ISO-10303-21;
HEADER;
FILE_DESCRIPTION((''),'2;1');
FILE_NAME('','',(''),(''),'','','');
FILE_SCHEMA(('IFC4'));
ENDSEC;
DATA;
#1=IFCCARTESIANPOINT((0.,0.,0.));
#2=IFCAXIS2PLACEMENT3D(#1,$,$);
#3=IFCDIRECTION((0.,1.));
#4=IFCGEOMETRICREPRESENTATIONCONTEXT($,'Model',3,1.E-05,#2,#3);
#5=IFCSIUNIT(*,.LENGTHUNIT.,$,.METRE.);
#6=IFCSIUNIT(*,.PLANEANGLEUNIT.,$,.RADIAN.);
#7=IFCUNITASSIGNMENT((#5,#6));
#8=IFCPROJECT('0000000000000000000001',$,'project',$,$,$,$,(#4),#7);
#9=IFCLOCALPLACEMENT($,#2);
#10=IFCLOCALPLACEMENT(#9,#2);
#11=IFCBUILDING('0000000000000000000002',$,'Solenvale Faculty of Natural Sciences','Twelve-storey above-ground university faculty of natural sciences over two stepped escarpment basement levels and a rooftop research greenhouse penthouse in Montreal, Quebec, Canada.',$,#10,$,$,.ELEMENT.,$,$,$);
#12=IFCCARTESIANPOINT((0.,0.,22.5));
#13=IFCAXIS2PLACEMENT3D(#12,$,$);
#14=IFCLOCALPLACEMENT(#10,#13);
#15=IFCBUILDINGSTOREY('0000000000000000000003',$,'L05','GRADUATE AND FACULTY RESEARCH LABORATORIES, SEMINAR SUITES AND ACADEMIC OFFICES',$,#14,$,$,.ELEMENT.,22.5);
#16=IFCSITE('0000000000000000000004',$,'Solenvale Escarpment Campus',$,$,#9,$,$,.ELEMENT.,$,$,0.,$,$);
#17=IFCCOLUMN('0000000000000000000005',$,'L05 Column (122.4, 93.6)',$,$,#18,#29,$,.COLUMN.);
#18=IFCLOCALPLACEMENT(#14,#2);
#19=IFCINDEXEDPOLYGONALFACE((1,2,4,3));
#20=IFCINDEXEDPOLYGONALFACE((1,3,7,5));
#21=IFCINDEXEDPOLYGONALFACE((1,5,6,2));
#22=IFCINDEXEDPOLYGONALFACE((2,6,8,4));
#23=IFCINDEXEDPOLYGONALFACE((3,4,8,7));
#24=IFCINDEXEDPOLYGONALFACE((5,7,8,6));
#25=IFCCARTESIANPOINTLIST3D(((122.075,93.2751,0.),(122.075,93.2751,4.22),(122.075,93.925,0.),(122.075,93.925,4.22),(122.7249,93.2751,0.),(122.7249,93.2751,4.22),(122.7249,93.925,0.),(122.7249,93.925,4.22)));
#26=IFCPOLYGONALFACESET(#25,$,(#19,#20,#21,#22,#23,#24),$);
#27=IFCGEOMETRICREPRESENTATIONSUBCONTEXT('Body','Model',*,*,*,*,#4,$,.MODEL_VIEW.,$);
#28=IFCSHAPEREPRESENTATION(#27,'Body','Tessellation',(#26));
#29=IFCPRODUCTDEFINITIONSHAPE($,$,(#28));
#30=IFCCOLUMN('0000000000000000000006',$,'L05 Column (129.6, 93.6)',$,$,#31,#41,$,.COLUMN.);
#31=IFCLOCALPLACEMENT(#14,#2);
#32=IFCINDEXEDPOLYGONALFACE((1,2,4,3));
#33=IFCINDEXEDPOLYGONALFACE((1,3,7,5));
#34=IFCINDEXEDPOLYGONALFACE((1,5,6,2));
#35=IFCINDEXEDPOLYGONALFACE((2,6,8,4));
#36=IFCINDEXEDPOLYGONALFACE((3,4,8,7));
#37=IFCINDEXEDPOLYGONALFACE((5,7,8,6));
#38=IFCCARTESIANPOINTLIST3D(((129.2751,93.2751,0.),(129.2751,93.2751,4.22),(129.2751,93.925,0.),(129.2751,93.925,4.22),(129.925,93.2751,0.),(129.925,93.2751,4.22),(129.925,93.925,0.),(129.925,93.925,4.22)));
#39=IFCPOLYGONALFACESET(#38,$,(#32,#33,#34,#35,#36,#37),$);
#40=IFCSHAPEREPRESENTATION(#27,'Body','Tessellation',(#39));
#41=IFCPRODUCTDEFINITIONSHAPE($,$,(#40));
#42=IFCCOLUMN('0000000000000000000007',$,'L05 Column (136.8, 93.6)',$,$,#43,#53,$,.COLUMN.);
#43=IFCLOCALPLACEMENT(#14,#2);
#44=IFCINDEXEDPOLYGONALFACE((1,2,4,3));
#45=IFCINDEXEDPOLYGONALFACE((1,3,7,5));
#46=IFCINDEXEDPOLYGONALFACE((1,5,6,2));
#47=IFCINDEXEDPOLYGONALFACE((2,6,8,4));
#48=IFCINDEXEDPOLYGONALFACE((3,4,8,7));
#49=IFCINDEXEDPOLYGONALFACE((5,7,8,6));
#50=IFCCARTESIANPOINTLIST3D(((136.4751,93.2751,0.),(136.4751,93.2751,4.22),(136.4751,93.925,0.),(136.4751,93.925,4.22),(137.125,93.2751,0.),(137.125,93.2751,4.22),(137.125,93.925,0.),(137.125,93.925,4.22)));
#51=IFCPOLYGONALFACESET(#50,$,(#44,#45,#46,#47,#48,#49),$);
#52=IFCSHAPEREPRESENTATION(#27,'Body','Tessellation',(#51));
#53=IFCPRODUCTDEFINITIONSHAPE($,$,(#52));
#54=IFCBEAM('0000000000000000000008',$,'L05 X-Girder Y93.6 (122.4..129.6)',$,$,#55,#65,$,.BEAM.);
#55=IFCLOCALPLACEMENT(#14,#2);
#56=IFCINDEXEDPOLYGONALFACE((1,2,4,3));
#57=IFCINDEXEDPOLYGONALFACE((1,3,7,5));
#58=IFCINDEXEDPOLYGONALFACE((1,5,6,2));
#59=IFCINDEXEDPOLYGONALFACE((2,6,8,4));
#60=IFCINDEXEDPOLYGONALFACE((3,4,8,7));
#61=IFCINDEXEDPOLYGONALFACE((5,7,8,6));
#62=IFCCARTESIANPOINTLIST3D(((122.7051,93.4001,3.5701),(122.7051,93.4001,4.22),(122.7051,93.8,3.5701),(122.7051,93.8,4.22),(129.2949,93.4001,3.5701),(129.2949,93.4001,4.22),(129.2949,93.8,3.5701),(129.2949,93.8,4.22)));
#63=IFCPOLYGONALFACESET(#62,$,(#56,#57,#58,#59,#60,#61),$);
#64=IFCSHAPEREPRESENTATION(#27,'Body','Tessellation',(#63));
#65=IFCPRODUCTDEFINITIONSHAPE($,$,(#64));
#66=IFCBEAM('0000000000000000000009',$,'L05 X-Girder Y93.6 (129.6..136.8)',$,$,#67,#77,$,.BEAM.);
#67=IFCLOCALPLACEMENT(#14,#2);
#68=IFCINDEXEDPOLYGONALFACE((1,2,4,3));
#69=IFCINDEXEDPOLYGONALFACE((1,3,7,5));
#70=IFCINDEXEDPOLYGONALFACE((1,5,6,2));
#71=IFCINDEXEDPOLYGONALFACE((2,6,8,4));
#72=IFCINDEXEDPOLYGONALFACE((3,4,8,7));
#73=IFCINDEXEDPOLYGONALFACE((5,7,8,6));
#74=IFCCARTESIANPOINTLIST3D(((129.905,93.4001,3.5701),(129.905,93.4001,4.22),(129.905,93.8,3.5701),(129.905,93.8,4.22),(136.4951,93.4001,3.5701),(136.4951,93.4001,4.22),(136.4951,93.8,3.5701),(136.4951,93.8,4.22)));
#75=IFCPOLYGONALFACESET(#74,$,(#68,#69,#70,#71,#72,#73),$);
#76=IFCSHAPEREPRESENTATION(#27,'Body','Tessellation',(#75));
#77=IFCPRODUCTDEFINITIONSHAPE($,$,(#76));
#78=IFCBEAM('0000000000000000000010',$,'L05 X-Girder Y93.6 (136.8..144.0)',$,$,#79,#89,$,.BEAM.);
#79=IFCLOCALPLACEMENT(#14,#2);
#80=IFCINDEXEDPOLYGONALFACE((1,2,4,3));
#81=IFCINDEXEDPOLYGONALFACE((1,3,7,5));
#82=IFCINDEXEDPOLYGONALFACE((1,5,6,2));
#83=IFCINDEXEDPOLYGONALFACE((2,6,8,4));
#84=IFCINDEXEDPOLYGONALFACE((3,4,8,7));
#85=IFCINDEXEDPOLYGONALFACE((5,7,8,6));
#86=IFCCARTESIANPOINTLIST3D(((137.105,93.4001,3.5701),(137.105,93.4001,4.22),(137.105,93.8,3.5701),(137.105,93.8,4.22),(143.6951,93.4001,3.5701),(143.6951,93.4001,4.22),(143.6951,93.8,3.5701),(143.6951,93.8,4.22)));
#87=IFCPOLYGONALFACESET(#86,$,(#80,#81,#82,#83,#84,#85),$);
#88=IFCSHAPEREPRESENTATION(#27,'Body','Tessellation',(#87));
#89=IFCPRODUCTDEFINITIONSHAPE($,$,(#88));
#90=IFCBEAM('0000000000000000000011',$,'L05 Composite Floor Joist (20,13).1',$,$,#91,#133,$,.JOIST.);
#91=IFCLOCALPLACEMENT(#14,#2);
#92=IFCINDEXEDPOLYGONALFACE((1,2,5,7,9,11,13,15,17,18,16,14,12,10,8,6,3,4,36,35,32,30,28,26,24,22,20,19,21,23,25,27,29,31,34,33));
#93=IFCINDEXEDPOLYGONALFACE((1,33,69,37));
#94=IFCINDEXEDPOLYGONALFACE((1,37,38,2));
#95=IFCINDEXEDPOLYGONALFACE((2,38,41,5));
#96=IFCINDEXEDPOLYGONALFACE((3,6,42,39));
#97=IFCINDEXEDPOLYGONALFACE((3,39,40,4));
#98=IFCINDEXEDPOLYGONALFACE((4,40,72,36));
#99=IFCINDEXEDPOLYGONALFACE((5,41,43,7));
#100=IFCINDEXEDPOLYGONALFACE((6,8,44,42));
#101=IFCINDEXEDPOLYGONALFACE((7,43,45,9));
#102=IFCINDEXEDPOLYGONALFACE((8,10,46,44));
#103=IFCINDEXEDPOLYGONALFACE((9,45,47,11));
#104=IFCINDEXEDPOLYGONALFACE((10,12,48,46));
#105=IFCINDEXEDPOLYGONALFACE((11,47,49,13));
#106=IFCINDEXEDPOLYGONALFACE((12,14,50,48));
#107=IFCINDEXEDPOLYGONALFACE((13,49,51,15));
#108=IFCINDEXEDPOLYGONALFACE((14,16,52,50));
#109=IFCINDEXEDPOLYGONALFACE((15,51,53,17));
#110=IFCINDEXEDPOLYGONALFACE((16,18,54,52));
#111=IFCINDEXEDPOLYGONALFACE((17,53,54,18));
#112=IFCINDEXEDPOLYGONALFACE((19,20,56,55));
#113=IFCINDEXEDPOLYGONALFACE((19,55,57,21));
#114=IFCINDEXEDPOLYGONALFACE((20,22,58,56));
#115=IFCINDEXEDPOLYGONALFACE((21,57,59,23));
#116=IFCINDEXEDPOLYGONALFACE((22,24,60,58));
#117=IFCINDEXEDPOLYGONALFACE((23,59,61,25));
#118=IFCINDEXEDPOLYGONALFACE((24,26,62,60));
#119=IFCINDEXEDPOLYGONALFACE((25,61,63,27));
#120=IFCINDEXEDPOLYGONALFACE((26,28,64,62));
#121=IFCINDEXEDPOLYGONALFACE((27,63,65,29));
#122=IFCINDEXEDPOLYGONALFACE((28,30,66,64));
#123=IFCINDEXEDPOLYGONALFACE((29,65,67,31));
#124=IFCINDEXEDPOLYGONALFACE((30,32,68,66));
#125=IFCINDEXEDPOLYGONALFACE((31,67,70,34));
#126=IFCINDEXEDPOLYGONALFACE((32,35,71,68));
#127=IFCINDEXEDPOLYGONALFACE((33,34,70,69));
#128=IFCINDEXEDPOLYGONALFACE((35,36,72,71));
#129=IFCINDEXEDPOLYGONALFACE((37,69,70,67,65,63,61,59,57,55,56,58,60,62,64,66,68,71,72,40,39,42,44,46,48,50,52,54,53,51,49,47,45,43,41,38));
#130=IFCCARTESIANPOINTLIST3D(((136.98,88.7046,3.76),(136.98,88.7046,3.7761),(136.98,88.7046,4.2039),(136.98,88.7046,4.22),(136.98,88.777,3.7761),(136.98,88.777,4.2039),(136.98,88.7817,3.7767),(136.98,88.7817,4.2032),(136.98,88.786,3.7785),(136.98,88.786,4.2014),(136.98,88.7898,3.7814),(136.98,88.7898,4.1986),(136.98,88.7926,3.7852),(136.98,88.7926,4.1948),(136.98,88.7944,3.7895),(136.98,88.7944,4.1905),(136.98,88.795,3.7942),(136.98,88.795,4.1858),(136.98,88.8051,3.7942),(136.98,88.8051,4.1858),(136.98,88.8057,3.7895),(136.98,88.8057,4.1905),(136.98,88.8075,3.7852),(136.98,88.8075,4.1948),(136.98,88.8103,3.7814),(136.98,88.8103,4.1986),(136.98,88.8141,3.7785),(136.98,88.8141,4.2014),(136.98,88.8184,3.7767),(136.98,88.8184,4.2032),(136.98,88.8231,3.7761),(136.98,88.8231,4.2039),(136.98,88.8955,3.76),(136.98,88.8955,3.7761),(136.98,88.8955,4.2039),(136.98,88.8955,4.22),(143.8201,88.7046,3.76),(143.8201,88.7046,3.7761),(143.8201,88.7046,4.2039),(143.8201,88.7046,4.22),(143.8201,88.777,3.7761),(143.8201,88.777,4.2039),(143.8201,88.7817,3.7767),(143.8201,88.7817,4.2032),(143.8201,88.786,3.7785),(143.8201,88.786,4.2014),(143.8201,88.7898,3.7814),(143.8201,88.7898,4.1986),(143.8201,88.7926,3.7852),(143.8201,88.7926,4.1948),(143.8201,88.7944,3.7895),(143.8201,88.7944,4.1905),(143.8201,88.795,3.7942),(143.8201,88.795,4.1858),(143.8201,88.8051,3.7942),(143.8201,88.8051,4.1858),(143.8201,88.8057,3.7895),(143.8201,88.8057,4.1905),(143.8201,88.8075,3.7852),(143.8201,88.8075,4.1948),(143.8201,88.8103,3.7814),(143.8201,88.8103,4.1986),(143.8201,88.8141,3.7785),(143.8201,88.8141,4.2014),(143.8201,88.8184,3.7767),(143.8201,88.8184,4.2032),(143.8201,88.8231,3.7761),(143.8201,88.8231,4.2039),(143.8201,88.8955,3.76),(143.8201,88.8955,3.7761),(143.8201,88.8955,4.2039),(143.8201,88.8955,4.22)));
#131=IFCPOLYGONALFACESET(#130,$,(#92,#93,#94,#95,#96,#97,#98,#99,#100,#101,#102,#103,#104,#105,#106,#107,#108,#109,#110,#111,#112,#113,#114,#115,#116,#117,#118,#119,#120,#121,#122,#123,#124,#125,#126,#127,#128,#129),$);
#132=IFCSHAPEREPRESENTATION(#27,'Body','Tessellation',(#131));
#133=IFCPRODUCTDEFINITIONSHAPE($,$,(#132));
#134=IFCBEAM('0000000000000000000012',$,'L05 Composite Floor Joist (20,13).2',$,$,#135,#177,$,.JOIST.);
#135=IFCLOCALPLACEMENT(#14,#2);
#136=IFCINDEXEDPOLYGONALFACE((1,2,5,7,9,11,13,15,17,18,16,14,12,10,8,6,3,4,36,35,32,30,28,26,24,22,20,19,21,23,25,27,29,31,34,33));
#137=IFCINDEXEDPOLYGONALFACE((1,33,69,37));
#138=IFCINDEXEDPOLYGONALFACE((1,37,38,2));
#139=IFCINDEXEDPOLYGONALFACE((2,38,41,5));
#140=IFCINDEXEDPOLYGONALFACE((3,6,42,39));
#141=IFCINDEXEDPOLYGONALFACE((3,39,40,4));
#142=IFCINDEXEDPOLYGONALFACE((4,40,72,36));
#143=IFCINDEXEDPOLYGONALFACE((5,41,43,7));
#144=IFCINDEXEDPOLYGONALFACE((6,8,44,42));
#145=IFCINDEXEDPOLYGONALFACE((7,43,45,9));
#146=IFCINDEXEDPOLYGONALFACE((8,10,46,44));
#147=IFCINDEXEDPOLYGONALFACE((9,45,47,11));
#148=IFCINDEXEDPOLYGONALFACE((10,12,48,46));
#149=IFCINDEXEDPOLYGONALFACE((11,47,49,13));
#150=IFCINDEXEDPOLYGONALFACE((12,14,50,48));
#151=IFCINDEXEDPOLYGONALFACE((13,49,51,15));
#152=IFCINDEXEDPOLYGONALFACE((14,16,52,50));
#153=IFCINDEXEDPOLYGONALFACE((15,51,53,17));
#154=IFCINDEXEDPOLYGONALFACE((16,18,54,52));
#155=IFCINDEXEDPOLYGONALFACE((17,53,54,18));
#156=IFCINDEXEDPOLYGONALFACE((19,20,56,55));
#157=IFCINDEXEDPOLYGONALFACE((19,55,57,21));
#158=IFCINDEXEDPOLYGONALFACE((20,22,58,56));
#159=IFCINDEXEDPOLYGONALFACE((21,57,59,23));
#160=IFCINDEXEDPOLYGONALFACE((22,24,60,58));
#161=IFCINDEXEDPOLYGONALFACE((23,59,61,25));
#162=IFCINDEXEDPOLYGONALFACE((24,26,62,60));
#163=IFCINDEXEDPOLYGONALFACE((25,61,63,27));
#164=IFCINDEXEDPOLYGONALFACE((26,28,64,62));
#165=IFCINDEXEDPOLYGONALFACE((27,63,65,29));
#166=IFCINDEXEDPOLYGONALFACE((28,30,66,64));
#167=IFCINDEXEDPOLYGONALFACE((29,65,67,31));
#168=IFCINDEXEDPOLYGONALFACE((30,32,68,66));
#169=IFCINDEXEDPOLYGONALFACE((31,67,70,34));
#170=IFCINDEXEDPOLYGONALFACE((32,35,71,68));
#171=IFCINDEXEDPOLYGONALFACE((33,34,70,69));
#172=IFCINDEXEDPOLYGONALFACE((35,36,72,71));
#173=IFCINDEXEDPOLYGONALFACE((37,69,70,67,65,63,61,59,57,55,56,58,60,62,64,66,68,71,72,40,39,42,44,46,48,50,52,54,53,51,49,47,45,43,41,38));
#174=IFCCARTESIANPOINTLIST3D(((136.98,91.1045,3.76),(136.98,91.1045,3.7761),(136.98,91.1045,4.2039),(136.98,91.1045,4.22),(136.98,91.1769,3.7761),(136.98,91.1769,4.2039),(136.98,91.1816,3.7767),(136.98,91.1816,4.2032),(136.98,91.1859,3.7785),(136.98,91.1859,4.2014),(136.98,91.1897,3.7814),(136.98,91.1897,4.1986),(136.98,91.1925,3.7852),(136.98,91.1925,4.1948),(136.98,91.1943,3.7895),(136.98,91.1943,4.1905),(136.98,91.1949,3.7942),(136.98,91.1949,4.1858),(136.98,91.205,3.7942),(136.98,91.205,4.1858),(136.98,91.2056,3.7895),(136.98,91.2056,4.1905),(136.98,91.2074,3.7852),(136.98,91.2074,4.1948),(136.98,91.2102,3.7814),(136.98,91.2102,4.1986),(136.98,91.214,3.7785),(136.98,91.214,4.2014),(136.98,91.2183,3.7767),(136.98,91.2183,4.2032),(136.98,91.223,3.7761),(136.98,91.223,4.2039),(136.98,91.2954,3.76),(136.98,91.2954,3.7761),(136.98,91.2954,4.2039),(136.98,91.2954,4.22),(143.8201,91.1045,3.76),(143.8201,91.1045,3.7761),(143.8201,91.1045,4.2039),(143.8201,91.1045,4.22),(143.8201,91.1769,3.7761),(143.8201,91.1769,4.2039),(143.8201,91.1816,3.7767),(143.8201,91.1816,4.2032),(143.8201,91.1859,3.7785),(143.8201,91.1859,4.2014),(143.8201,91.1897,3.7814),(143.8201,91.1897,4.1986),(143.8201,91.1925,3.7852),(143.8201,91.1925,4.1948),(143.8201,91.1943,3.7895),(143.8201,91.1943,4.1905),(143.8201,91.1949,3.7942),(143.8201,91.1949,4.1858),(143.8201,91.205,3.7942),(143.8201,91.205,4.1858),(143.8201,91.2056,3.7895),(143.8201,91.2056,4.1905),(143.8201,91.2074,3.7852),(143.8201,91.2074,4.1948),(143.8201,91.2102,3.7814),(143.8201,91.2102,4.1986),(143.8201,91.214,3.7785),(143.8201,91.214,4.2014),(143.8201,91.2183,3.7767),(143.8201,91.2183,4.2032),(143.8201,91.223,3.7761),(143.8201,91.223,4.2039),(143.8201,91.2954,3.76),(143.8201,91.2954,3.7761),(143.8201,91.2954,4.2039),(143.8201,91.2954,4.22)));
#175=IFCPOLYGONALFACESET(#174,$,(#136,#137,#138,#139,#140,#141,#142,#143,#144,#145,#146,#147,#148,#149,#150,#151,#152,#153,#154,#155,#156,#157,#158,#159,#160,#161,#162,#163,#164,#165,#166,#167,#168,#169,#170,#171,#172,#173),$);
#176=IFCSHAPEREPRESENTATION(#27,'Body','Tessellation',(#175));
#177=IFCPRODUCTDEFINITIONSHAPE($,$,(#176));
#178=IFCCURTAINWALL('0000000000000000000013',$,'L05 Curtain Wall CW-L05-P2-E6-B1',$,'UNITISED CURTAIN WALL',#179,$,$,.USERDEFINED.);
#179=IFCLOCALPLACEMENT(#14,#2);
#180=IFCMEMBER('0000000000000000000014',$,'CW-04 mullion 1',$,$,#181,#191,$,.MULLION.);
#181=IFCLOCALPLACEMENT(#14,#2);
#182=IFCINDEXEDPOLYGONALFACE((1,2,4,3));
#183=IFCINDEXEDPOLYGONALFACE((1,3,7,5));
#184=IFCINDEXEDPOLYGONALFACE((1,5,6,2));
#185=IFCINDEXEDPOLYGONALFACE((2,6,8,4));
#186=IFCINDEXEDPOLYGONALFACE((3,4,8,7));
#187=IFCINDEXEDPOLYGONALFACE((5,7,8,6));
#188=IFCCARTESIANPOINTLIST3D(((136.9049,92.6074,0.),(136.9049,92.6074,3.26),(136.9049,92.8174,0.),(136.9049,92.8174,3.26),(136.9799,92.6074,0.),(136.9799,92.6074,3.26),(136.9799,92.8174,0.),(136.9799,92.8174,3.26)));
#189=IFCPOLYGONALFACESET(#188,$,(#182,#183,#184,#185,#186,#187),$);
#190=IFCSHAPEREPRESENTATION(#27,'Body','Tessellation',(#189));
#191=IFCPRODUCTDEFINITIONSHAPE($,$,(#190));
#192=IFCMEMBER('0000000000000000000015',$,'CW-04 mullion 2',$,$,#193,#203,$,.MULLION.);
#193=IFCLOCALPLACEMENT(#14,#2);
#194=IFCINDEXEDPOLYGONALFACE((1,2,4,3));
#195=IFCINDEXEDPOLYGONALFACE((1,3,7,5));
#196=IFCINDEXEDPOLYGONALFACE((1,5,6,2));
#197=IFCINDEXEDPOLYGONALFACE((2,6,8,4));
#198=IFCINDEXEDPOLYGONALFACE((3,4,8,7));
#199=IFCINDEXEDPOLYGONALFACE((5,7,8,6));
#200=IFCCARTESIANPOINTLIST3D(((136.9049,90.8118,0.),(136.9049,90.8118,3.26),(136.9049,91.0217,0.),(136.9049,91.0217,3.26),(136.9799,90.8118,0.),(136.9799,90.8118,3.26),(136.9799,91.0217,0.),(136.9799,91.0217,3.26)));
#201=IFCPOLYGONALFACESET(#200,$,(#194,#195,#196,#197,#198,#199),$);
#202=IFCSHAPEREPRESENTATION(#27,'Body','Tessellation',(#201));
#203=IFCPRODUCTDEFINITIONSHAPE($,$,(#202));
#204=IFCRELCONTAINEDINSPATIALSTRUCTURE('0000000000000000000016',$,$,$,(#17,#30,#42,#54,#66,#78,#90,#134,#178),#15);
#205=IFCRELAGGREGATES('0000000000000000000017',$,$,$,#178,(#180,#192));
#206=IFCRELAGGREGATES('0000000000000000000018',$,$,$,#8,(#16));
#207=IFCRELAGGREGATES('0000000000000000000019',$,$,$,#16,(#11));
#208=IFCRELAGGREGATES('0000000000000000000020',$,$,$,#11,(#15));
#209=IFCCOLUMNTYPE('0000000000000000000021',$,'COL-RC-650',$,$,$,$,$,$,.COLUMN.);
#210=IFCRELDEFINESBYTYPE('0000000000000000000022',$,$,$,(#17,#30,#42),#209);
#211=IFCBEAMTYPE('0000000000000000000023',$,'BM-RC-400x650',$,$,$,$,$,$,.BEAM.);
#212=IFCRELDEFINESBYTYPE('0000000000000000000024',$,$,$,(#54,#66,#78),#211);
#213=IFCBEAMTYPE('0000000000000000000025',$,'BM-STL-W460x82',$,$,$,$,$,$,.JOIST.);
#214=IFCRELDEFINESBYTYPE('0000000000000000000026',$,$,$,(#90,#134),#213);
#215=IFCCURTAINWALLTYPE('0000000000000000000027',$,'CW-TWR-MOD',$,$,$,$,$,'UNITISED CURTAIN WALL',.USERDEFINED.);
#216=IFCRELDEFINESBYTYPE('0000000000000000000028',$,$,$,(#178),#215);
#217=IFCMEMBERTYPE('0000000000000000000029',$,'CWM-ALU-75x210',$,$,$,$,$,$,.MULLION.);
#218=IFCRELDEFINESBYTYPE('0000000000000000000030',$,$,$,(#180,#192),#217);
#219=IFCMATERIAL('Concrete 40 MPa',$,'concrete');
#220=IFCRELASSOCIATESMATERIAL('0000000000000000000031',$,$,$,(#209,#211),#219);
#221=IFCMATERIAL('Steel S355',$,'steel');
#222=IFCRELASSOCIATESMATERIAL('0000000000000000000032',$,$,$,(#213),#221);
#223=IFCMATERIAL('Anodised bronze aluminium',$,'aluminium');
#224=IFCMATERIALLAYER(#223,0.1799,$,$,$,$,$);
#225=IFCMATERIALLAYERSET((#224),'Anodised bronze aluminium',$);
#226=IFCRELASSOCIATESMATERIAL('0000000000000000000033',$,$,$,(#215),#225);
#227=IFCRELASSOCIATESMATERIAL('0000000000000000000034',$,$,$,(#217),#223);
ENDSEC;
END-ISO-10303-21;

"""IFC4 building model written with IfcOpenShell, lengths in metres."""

from ifc_helpers import new_model, si_unit, direction, frame, origin, origin_2d, place, context, subcontext, project, spatial, rectangle, i_section, extrude, material, layer, layer_set, material_profile, profile_set, type_object, element, aggregate, save


model = new_model("IFC4")

# Units and contexts
model_context = context("Model", 3, precision=1e-05, world=origin(), true_north=direction((0.0, 1.0)))
body_context = subcontext(model_context, "Body", "Model", "MODEL_VIEW")
ifc_project = project(units=[si_unit("LENGTHUNIT", "METRE"), si_unit("PLANEANGLEUNIT", "RADIAN")], contexts=[model_context])

# Site, building, storey
site_placement = place(None, origin())
site = spatial("IfcSite", under=ifc_project, at=site_placement, Name="Solenvale Escarpment Campus", CompositionType="ELEMENT", RefElevation=0.0)
building_placement = place(site_placement, origin())
building = spatial("IfcBuilding", under=site, at=building_placement, Name="Solenvale Faculty of Natural Sciences", Description="Twelve-storey above-ground university faculty of natural sciences over two stepped escarpment basement levels and a rooftop research greenhouse penthouse in Montreal, Quebec, Canada.", CompositionType="ELEMENT")
storey_placement = place(building_placement, frame((0.0, 0.0, 22.5)))
storey = spatial("IfcBuildingStorey", under=building, at=storey_placement, Name="L05", Description="GRADUATE AND FACULTY RESEARCH LABORATORIES, SEMINAR SUITES AND ACADEMIC OFFICES", CompositionType="ELEMENT", Elevation=22.5)

# Columns
ifc_material_1 = material(Name="Concrete 40 MPa", Category="concrete")
ifc_material_profile_1 = material_profile(ifc_material_1, rectangle(XDim=0.6499, YDim=0.6499, at=origin_2d()), Name="RC-COL-650x650")
ifc_profile_set_1 = profile_set([ifc_material_profile_1], Name="Concrete 40 MPa")
column_type = type_object("IfcColumnType", Name="COL-RC-650", PredefinedType="COLUMN", material=ifc_profile_set_1)
for number, where, z_axis, x_axis, name in (
    (1, (122.3999, 93.6001, 0.0), (0.0, 0.0, 1.0), (1.0, 0.0, 0.0), "L05 Column (122.4, 93.6)"),
    (2, (129.6001, 93.6001, 0.0), (0.0, 0.0, 1.0), (1.0, 0.0, 0.0), "L05 Column (129.6, 93.6)"),
    (3, (136.8, 93.6001, 0.0), (0.0, 0.0, 1.0), (1.0, 0.0, 0.0), "L05 Column (136.8, 93.6)"),
):
    element("IfcColumn", number, at=place(storey_placement, frame(where, z_axis=z_axis, x_axis=x_axis)), inside=storey, type_object=column_type, Name=name, PredefinedType="COLUMN", context=body_context, shape_type="SweptSolid", body=[
        extrude(rectangle(XDim=0.6499, YDim=0.6499, at=origin_2d()), origin(), (0.0, 0.0, 1.0), 4.22),
    ])

# Beams
ifc_material_profile_2 = material_profile(ifc_material_1, rectangle(XDim=0.3999, YDim=0.6499, at=origin_2d()), Name="RC-BM-400x650")
ifc_profile_set_2 = profile_set([ifc_material_profile_2], Name="Concrete 40 MPa")
beam_type_1 = type_object("IfcBeamType", Name="BM-RC-400x650", PredefinedType="BEAM", material=ifc_profile_set_2)
beam_placement = place(storey_placement, frame((122.7051, 93.6001, 3.895), z_axis=(1.0, 0.0, 0.0), x_axis=(0.0, 1.0, 0.0)))
element("IfcBeam", 4, at=beam_placement, inside=storey, type_object=beam_type_1, Name="L05 X-Girder Y93.6 (122.4..129.6)", PredefinedType="BEAM", context=body_context, shape_type="SweptSolid", body=[
    extrude(rectangle(XDim=0.3999, YDim=0.6499, at=origin_2d()), origin(), (0.0, 0.0, 1.0), 6.5898),
])
for number, where, z_axis, x_axis, name in (
    (5, (129.905, 93.6001, 3.895), (1.0, 0.0, 0.0), (0.0, 1.0, 0.0), "L05 X-Girder Y93.6 (129.6..136.8)"),
    (6, (137.105, 93.6001, 3.895), (1.0, 0.0, 0.0), (0.0, 1.0, 0.0), "L05 X-Girder Y93.6 (136.8..144.0)"),
):
    element("IfcBeam", number, at=place(storey_placement, frame(where, z_axis=z_axis, x_axis=x_axis)), inside=storey, type_object=beam_type_1, Name=name, PredefinedType="BEAM", context=body_context, shape_type="SweptSolid", body=[
        extrude(rectangle(XDim=0.3999, YDim=0.6499, at=origin_2d()), origin(), (0.0, 0.0, 1.0), 6.5901),
    ])
ifc_material_2 = material(Name="Steel S355", Category="steel")
ifc_material_profile_3 = material_profile(ifc_material_2, i_section(OverallWidth=0.1909, OverallDepth=0.46, WebThickness=0.01, FlangeThickness=0.0161, FilletRadius=0.0181, at=origin_2d()), Name="W460x82")
ifc_profile_set_3 = profile_set([ifc_material_profile_3], Name="Steel S355")
beam_type_2 = type_object("IfcBeamType", Name="BM-STL-W460x82", PredefinedType="JOIST", material=ifc_profile_set_3)
for number, where, z_axis, x_axis, name in (
    (7, (136.98, 88.8, 3.99), (1.0, 0.0, 0.0), (0.0, 1.0, 0.0), "L05 Composite Floor Joist (20,13).1"),
    (8, (136.98, 91.2, 3.99), (1.0, 0.0, 0.0), (0.0, 1.0, 0.0), "L05 Composite Floor Joist (20,13).2"),
):
    element("IfcBeam", number, at=place(storey_placement, frame(where, z_axis=z_axis, x_axis=x_axis)), inside=storey, type_object=beam_type_2, Name=name, PredefinedType="JOIST", context=body_context, shape_type="SweptSolid", body=[
        extrude(i_section(OverallWidth=0.1909, OverallDepth=0.46, WebThickness=0.01, FlangeThickness=0.0161, FilletRadius=0.0181, at=origin_2d()), origin(), (0.0, 0.0, 1.0), 6.8401),
    ])

# Curtain wall, members
ifc_material_3 = material(Name="Anodised bronze aluminium", Category="aluminium")
ifc_layer_1 = layer(ifc_material_3, 0.1799)
ifc_layer_set_1 = layer_set([ifc_layer_1], Name="Anodised bronze aluminium")
curtain_wall_type = type_object("IfcCurtainWallType", Name="CW-TWR-MOD", ElementType="UNITISED CURTAIN WALL", PredefinedType="USERDEFINED", material=ifc_layer_set_1)
curtain_wall_placement = place(storey_placement, origin())
curtain_wall = element("IfcCurtainWall", 9, at=curtain_wall_placement, inside=storey, type_object=curtain_wall_type, Name="L05 Curtain Wall CW-L05-P2-E6-B1", ObjectType="UNITISED CURTAIN WALL", PredefinedType="USERDEFINED")
ifc_material_profile_4 = material_profile(ifc_material_3, rectangle(XDim=0.075, YDim=0.21, at=origin_2d()), Name="ALU-MUL-75x210")
ifc_profile_set_4 = profile_set([ifc_material_profile_4], Name="Anodised bronze aluminium")
member_type_1 = type_object("IfcMemberType", Name="CWM-ALU-75x210", PredefinedType="MULLION", material=ifc_profile_set_4)
member_1_placement = place(storey_placement, frame((136.9424, 92.7124, 0.0), z_axis=(0.0, 0.0, 1.0), x_axis=(1.0, 0.0, 0.0)))
member_1 = element("IfcMember", 10, at=member_1_placement, type_object=member_type_1, Name="CW-04 mullion 1", PredefinedType="MULLION", context=body_context, shape_type="SweptSolid", body=[
    extrude(rectangle(XDim=0.075, YDim=0.21, at=origin_2d()), origin(), (0.0, 0.0, 1.0), 3.26),
])
member_2_placement = place(storey_placement, frame((136.9424, 90.9167, 0.0), z_axis=(0.0, 0.0, 1.0), x_axis=(1.0, 0.0, 0.0)))
member_2 = element("IfcMember", 11, at=member_2_placement, type_object=member_type_1, Name="CW-04 mullion 2", PredefinedType="MULLION", context=body_context, shape_type="SweptSolid", body=[
    extrude(rectangle(XDim=0.075, YDim=0.21, at=origin_2d()), origin(), (0.0, 0.0, 1.0), 3.26),
])
aggregate(curtain_wall, [member_1, member_2])

save(model, "model.ifc")
